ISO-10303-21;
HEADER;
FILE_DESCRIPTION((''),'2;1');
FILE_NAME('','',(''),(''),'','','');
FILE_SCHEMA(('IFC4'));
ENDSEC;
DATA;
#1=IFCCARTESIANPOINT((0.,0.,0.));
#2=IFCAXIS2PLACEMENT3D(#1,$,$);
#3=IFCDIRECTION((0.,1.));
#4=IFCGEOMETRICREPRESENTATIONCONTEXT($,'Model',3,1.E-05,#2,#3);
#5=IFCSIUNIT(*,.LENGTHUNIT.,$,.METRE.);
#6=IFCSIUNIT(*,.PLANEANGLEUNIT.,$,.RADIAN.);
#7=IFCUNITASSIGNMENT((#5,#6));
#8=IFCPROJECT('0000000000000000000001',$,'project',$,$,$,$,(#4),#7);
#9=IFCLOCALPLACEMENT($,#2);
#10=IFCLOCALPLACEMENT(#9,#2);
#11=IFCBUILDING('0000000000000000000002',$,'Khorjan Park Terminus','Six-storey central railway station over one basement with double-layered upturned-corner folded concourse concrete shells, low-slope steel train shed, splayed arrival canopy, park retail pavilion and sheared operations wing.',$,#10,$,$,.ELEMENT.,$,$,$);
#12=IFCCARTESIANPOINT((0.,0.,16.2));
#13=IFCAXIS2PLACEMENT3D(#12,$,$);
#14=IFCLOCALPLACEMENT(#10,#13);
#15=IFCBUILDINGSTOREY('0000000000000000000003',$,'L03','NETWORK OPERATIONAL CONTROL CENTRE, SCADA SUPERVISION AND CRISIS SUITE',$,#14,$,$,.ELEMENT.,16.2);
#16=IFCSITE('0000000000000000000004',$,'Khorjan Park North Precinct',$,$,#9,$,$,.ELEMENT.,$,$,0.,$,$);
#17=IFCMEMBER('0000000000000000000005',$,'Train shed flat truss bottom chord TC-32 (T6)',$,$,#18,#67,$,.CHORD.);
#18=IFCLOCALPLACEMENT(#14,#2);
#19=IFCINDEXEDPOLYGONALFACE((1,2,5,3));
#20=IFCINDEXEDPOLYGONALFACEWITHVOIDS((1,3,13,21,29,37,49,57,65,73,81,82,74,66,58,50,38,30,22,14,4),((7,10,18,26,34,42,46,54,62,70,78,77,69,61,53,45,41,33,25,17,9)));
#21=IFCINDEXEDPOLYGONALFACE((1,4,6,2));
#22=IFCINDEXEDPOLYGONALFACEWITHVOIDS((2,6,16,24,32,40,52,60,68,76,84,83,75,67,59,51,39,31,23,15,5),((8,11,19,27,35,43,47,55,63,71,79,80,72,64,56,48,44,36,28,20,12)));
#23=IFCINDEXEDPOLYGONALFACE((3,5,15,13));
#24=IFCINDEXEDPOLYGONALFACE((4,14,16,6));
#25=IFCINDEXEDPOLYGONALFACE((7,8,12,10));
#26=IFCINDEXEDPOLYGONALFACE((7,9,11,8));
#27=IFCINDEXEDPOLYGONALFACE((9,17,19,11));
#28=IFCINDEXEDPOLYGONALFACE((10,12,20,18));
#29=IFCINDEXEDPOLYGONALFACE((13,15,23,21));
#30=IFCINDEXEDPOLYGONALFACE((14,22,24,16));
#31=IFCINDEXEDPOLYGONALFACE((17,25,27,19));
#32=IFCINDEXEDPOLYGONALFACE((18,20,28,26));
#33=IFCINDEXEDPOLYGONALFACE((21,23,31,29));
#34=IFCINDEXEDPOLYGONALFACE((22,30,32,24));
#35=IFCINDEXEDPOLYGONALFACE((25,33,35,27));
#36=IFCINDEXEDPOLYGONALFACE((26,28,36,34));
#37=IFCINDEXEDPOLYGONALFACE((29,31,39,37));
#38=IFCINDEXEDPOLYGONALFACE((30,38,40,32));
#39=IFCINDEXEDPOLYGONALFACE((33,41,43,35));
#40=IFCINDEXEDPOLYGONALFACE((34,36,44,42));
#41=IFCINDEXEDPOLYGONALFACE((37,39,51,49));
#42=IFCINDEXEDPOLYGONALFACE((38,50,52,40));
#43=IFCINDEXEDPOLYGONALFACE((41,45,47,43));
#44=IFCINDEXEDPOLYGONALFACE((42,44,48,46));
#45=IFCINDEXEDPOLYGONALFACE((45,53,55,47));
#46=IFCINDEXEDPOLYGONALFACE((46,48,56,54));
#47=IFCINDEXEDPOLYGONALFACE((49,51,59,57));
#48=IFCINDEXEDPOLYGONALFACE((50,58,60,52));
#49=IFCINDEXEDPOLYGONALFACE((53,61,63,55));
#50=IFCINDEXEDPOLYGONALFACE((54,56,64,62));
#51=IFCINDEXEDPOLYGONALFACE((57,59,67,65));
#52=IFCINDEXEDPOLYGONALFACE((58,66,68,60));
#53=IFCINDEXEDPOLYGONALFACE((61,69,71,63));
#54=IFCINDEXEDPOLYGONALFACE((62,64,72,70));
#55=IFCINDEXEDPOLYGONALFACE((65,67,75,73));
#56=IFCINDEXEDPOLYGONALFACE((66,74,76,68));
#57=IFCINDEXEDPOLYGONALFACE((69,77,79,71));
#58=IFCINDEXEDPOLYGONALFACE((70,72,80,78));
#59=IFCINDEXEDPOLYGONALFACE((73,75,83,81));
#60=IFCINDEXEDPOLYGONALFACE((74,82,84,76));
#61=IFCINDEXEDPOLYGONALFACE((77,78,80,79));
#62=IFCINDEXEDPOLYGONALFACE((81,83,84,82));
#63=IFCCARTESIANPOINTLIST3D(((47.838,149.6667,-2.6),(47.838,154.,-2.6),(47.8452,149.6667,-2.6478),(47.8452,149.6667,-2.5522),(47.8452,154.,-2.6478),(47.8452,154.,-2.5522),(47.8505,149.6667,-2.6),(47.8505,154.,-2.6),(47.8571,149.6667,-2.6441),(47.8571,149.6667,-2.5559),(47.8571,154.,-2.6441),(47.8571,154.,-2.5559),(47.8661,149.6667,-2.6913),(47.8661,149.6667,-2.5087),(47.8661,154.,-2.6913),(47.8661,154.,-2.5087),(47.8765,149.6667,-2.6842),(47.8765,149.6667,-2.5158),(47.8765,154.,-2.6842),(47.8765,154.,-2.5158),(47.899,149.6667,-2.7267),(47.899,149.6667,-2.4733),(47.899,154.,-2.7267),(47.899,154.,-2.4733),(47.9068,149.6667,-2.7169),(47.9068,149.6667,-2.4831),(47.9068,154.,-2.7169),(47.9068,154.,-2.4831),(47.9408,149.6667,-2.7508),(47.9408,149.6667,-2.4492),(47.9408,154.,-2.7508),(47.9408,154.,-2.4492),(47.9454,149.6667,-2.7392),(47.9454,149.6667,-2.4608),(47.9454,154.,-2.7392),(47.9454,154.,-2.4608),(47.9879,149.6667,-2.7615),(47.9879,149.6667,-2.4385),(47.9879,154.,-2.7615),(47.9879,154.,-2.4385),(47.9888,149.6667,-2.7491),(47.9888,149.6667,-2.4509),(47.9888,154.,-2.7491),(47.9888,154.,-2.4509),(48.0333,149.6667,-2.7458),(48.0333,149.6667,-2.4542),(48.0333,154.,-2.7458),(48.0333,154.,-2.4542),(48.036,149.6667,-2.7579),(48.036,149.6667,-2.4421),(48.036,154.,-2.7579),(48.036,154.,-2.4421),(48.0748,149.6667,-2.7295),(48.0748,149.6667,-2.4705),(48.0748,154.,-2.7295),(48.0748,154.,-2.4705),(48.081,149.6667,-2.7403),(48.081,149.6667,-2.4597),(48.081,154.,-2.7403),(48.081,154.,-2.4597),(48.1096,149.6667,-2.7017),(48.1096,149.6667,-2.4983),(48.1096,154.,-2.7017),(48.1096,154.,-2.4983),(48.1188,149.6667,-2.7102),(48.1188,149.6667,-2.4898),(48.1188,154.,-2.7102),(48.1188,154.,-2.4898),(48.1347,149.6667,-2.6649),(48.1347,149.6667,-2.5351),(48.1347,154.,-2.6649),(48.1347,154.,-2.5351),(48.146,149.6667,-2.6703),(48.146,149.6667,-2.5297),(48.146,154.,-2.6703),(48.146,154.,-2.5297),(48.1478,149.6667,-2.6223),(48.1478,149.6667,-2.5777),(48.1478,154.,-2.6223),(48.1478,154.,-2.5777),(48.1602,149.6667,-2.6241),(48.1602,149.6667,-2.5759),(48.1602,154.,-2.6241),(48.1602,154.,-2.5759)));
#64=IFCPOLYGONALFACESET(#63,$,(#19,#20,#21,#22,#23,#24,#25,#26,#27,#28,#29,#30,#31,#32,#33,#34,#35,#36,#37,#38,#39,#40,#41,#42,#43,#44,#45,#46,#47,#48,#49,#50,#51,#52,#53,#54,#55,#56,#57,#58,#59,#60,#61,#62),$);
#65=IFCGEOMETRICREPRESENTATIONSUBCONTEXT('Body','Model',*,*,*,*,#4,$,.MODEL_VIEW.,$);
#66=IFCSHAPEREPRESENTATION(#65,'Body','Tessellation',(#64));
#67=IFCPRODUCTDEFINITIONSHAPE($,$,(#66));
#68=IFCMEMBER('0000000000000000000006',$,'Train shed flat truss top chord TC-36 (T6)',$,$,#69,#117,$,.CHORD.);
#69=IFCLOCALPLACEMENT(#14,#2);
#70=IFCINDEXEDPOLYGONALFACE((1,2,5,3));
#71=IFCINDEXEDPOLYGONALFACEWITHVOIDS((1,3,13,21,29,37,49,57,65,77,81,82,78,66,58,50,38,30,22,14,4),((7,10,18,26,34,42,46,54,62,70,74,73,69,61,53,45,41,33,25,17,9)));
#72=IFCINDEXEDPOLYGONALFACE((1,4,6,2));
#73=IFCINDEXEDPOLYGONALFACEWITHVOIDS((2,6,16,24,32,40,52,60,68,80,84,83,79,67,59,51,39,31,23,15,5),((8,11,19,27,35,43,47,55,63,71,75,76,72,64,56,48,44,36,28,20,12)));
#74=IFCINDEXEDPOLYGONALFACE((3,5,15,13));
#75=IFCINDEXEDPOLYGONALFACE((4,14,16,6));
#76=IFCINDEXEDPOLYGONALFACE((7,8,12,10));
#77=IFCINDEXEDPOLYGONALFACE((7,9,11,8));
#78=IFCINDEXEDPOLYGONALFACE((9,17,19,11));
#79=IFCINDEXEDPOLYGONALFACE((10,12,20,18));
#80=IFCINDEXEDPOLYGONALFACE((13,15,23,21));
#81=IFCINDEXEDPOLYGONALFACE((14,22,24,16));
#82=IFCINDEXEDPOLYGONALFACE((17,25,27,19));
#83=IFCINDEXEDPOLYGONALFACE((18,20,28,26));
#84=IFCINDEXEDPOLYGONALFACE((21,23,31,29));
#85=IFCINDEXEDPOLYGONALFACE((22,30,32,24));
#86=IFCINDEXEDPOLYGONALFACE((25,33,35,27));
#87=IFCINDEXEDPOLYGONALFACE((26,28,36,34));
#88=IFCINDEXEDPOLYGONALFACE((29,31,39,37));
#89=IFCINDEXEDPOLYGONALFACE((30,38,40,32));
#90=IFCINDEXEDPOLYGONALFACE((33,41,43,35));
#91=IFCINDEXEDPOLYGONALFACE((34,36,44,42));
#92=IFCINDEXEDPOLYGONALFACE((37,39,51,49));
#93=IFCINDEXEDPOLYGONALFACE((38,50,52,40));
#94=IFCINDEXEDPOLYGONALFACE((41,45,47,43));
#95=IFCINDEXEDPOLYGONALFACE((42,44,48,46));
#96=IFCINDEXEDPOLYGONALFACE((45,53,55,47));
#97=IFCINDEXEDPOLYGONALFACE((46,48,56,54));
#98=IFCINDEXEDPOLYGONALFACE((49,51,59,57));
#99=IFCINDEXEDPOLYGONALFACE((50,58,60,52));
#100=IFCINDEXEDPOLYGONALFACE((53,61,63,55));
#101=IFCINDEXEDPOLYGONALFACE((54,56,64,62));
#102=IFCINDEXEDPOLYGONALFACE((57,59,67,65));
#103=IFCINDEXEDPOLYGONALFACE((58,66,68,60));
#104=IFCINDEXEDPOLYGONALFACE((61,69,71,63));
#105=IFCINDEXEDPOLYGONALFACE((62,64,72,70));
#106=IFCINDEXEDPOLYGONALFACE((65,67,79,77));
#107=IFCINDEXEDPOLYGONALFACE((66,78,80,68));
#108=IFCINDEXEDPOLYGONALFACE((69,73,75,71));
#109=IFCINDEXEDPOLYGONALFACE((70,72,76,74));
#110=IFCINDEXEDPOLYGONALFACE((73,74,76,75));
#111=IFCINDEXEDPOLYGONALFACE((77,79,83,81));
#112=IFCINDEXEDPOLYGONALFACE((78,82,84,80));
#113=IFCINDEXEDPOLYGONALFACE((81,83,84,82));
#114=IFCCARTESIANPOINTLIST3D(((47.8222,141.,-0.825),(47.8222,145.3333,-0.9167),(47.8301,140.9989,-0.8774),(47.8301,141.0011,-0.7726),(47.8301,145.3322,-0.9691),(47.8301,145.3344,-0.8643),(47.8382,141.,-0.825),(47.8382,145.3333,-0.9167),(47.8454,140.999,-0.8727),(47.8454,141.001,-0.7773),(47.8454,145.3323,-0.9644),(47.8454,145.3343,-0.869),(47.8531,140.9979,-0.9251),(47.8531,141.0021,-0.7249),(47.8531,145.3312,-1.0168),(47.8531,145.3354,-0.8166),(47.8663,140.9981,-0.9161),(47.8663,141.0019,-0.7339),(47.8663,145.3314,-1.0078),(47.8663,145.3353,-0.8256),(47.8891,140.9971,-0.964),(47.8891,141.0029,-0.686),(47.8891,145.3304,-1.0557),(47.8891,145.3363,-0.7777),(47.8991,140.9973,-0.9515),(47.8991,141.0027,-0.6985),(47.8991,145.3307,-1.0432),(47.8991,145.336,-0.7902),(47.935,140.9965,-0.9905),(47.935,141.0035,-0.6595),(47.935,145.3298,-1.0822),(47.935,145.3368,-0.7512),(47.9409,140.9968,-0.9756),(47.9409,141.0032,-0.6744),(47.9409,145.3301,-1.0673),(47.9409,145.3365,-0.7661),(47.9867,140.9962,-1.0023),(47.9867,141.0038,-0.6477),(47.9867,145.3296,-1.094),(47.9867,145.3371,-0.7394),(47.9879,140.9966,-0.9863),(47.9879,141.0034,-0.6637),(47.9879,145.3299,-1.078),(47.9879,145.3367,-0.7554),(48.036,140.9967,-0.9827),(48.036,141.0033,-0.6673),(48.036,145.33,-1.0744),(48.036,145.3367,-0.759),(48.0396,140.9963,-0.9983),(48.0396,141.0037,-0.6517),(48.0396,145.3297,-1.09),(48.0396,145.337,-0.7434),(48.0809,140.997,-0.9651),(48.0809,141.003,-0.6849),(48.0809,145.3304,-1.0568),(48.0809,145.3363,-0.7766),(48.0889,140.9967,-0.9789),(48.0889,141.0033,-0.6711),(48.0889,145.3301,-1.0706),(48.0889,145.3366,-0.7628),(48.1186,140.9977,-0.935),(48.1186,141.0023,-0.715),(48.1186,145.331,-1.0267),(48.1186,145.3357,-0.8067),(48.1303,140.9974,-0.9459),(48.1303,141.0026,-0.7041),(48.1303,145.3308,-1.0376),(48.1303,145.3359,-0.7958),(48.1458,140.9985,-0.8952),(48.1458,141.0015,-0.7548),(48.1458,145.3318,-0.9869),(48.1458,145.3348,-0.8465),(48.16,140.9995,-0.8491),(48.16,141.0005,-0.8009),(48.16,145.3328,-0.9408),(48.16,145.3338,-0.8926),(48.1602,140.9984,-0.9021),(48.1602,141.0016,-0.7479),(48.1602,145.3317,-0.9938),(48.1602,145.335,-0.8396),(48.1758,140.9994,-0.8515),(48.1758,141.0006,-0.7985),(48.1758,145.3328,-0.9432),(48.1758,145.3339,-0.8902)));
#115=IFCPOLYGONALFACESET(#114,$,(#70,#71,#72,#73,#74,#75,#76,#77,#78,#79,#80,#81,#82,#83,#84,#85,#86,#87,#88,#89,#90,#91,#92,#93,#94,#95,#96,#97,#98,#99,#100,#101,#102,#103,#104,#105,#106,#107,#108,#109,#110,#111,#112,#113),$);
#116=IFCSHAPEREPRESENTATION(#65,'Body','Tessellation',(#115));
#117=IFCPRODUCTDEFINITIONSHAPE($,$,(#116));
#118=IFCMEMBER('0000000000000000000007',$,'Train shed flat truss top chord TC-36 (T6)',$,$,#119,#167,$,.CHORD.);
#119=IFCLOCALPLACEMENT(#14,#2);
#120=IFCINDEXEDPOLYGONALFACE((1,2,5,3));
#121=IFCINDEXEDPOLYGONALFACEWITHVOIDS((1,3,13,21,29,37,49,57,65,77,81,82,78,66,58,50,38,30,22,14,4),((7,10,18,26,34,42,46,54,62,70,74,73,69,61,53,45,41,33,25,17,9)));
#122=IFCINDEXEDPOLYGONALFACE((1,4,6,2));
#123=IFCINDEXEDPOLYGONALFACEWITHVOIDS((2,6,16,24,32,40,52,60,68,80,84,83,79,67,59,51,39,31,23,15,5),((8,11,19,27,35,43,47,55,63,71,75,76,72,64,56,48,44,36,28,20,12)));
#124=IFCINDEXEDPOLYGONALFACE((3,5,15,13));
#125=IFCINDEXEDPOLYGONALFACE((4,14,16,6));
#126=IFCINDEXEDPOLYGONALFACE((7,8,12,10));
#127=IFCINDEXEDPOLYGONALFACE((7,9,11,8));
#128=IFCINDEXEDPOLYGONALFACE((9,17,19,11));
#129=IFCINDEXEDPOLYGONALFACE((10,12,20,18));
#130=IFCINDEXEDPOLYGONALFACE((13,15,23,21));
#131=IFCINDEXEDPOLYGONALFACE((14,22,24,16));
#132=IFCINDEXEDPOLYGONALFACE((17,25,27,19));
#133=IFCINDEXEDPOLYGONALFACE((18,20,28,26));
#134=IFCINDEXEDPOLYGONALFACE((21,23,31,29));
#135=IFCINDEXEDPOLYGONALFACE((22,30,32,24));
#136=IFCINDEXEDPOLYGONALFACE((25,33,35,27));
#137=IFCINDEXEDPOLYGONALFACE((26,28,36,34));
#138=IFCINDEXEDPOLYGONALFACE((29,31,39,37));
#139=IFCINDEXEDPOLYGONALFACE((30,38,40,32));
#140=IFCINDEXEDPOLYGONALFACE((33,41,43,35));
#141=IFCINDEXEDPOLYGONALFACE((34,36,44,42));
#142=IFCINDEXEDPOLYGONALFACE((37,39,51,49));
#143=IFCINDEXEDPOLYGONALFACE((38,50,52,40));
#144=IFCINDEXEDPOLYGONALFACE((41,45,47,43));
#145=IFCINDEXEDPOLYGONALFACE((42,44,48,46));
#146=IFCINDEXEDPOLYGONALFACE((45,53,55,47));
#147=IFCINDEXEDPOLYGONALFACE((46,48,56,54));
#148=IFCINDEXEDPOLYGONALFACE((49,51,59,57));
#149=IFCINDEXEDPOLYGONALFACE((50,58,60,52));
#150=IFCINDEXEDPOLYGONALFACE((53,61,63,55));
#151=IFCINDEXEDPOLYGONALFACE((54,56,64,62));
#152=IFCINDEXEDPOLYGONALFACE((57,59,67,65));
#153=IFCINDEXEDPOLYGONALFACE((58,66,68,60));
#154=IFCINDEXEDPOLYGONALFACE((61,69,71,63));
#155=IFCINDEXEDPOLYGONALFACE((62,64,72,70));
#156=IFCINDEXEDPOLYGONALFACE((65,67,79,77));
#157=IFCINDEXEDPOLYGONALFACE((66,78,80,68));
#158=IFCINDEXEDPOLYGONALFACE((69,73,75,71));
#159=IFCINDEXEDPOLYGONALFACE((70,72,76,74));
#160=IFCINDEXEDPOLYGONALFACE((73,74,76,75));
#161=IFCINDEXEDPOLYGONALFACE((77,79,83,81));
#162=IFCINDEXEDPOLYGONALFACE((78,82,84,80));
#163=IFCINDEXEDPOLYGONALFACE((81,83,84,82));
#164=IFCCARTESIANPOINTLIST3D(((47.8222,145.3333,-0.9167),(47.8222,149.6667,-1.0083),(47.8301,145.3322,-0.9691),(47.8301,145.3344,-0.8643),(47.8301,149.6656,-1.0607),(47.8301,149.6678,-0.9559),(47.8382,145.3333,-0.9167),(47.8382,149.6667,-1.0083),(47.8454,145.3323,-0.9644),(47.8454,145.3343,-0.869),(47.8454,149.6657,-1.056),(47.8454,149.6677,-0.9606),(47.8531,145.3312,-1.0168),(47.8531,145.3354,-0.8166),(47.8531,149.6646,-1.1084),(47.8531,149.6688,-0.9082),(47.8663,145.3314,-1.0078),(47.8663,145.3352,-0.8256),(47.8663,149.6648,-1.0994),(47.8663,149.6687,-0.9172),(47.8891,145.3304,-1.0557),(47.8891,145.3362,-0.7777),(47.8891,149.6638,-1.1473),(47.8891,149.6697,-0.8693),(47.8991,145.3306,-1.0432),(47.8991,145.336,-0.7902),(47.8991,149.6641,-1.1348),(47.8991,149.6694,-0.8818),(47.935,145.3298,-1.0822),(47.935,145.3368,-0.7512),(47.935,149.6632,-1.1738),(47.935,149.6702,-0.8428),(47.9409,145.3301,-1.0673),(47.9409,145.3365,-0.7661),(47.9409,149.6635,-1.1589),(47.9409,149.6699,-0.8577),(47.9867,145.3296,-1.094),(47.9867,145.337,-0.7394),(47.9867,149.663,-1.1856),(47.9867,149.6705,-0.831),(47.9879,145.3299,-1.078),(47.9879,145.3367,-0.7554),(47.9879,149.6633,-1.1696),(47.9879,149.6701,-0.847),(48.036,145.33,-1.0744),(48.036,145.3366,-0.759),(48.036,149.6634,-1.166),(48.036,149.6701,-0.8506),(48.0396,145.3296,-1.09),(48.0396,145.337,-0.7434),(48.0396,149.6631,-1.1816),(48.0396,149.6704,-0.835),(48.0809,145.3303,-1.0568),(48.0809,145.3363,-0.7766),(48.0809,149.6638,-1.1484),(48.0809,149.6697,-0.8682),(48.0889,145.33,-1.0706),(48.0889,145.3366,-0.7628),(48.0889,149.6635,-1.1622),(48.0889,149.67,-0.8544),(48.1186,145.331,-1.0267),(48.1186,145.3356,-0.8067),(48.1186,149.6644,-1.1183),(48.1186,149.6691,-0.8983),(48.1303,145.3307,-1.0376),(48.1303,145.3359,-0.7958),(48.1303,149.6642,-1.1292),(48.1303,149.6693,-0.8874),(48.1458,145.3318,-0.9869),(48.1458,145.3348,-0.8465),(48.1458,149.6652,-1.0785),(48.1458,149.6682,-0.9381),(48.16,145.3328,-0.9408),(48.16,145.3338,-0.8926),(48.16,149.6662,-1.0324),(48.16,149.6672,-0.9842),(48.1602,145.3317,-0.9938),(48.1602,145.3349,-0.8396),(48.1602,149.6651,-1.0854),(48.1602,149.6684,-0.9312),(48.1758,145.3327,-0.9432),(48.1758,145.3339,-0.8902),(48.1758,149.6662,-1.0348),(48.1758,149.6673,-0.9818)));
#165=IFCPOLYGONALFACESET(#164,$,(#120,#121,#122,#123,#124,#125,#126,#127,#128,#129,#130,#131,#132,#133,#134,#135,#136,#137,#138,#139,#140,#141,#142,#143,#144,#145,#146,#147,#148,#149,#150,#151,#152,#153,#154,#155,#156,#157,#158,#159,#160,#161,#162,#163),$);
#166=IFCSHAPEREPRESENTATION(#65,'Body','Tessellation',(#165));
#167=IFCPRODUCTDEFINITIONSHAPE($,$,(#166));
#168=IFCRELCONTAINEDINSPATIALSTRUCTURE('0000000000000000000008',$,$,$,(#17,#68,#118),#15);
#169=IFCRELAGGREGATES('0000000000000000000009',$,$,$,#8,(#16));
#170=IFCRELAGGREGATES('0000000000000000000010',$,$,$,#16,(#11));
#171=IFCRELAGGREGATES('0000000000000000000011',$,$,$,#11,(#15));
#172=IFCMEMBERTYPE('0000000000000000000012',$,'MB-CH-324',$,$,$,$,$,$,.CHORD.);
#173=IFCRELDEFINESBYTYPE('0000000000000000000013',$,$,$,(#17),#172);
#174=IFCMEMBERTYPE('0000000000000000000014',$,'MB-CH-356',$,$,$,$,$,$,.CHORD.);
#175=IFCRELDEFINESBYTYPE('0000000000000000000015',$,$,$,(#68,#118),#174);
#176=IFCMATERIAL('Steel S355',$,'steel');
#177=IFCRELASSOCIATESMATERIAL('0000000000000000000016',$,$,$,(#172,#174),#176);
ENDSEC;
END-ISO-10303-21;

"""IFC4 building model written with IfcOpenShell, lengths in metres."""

from ifc_helpers import new_model, si_unit, direction, frame, origin, origin_2d, place, context, subcontext, project, spatial, hollow_circle, extrude, material, material_profile, profile_set, type_object, element, save


model = new_model("IFC4")

# Units and contexts
model_context = context("Model", 3, precision=1e-05, world=origin(), true_north=direction((0.0, 1.0)))
body_context = subcontext(model_context, "Body", "Model", "MODEL_VIEW")
ifc_project = project(units=[si_unit("LENGTHUNIT", "METRE"), si_unit("PLANEANGLEUNIT", "RADIAN")], contexts=[model_context])

# Site, building, storey
site_placement = place(None, origin())
site = spatial("IfcSite", under=ifc_project, at=site_placement, Name="Khorjan Park North Precinct", CompositionType="ELEMENT", RefElevation=0.0)
building_placement = place(site_placement, origin())
building = spatial("IfcBuilding", under=site, at=building_placement, Name="Khorjan Park Terminus", Description="Six-storey central railway station over one basement with double-layered upturned-corner folded concourse concrete shells, low-slope steel train shed, splayed arrival canopy, park retail pavilion and sheared operations wing.", CompositionType="ELEMENT")
storey_placement = place(building_placement, frame((0.0, 0.0, 16.2)))
storey = spatial("IfcBuildingStorey", under=building, at=storey_placement, Name="L03", Description="NETWORK OPERATIONAL CONTROL CENTRE, SCADA SUPERVISION AND CRISIS SUITE", CompositionType="ELEMENT", Elevation=16.2)

# Members
ifc_material = material(Name="Steel S355", Category="steel")
ifc_material_profile_1 = material_profile(ifc_material, hollow_circle(Radius=0.162, WallThickness=0.0125, at=origin_2d()), Name="CHS 323.9x12.5")
ifc_profile_set_1 = profile_set([ifc_material_profile_1], Name="Steel S355")
member_type_1 = type_object("IfcMemberType", Name="MB-CH-324", PredefinedType="CHORD", material=ifc_profile_set_1)
member_1_placement = place(storey_placement, frame((48.0, 149.6667, -2.6), z_axis=(0.0, 1.0, 0.0), x_axis=(-1.0, 0.0, 0.0)))
element("IfcMember", 1, at=member_1_placement, inside=storey, type_object=member_type_1, Name="Train shed flat truss bottom chord TC-32 (T6)", PredefinedType="CHORD", context=body_context, shape_type="SweptSolid", body=[
    extrude(hollow_circle(Radius=0.162, WallThickness=0.0125, at=origin_2d()), origin(), (0.0, 0.0, 1.0), 4.3333),
])
ifc_material_profile_2 = material_profile(ifc_material, hollow_circle(Radius=0.1778, WallThickness=0.016, at=origin_2d()), Name="CHS 355.6x16")
ifc_profile_set_2 = profile_set([ifc_material_profile_2], Name="Steel S355")
member_type_2 = type_object("IfcMemberType", Name="MB-CH-356", PredefinedType="CHORD", material=ifc_profile_set_2)
member_2_placement = place(storey_placement, frame((48.0, 141.0, -0.825), z_axis=(0.0, 0.999776, -0.021157), x_axis=(-1.0, 0.0, 0.0)))
element("IfcMember", 2, at=member_2_placement, inside=storey, type_object=member_type_2, Name="Train shed flat truss top chord TC-36 (T6)", PredefinedType="CHORD", context=body_context, shape_type="SweptSolid", body=[
    extrude(hollow_circle(Radius=0.1778, WallThickness=0.016, at=origin_2d()), origin(), (0.0, 0.0, 1.0), 4.3343),
])
member_3_placement = place(storey_placement, frame((48.0, 145.3333, -0.9167), z_axis=(0.0, 0.999777, -0.021133), x_axis=(-1.0, 0.0, 0.0)))
element("IfcMember", 3, at=member_3_placement, inside=storey, type_object=member_type_2, Name="Train shed flat truss top chord TC-36 (T6)", PredefinedType="CHORD", context=body_context, shape_type="SweptSolid", body=[
    extrude(hollow_circle(Radius=0.1778, WallThickness=0.016, at=origin_2d()), origin(), (0.0, 0.0, 1.0), 4.3344),
])

save(model, "model.ifc")
